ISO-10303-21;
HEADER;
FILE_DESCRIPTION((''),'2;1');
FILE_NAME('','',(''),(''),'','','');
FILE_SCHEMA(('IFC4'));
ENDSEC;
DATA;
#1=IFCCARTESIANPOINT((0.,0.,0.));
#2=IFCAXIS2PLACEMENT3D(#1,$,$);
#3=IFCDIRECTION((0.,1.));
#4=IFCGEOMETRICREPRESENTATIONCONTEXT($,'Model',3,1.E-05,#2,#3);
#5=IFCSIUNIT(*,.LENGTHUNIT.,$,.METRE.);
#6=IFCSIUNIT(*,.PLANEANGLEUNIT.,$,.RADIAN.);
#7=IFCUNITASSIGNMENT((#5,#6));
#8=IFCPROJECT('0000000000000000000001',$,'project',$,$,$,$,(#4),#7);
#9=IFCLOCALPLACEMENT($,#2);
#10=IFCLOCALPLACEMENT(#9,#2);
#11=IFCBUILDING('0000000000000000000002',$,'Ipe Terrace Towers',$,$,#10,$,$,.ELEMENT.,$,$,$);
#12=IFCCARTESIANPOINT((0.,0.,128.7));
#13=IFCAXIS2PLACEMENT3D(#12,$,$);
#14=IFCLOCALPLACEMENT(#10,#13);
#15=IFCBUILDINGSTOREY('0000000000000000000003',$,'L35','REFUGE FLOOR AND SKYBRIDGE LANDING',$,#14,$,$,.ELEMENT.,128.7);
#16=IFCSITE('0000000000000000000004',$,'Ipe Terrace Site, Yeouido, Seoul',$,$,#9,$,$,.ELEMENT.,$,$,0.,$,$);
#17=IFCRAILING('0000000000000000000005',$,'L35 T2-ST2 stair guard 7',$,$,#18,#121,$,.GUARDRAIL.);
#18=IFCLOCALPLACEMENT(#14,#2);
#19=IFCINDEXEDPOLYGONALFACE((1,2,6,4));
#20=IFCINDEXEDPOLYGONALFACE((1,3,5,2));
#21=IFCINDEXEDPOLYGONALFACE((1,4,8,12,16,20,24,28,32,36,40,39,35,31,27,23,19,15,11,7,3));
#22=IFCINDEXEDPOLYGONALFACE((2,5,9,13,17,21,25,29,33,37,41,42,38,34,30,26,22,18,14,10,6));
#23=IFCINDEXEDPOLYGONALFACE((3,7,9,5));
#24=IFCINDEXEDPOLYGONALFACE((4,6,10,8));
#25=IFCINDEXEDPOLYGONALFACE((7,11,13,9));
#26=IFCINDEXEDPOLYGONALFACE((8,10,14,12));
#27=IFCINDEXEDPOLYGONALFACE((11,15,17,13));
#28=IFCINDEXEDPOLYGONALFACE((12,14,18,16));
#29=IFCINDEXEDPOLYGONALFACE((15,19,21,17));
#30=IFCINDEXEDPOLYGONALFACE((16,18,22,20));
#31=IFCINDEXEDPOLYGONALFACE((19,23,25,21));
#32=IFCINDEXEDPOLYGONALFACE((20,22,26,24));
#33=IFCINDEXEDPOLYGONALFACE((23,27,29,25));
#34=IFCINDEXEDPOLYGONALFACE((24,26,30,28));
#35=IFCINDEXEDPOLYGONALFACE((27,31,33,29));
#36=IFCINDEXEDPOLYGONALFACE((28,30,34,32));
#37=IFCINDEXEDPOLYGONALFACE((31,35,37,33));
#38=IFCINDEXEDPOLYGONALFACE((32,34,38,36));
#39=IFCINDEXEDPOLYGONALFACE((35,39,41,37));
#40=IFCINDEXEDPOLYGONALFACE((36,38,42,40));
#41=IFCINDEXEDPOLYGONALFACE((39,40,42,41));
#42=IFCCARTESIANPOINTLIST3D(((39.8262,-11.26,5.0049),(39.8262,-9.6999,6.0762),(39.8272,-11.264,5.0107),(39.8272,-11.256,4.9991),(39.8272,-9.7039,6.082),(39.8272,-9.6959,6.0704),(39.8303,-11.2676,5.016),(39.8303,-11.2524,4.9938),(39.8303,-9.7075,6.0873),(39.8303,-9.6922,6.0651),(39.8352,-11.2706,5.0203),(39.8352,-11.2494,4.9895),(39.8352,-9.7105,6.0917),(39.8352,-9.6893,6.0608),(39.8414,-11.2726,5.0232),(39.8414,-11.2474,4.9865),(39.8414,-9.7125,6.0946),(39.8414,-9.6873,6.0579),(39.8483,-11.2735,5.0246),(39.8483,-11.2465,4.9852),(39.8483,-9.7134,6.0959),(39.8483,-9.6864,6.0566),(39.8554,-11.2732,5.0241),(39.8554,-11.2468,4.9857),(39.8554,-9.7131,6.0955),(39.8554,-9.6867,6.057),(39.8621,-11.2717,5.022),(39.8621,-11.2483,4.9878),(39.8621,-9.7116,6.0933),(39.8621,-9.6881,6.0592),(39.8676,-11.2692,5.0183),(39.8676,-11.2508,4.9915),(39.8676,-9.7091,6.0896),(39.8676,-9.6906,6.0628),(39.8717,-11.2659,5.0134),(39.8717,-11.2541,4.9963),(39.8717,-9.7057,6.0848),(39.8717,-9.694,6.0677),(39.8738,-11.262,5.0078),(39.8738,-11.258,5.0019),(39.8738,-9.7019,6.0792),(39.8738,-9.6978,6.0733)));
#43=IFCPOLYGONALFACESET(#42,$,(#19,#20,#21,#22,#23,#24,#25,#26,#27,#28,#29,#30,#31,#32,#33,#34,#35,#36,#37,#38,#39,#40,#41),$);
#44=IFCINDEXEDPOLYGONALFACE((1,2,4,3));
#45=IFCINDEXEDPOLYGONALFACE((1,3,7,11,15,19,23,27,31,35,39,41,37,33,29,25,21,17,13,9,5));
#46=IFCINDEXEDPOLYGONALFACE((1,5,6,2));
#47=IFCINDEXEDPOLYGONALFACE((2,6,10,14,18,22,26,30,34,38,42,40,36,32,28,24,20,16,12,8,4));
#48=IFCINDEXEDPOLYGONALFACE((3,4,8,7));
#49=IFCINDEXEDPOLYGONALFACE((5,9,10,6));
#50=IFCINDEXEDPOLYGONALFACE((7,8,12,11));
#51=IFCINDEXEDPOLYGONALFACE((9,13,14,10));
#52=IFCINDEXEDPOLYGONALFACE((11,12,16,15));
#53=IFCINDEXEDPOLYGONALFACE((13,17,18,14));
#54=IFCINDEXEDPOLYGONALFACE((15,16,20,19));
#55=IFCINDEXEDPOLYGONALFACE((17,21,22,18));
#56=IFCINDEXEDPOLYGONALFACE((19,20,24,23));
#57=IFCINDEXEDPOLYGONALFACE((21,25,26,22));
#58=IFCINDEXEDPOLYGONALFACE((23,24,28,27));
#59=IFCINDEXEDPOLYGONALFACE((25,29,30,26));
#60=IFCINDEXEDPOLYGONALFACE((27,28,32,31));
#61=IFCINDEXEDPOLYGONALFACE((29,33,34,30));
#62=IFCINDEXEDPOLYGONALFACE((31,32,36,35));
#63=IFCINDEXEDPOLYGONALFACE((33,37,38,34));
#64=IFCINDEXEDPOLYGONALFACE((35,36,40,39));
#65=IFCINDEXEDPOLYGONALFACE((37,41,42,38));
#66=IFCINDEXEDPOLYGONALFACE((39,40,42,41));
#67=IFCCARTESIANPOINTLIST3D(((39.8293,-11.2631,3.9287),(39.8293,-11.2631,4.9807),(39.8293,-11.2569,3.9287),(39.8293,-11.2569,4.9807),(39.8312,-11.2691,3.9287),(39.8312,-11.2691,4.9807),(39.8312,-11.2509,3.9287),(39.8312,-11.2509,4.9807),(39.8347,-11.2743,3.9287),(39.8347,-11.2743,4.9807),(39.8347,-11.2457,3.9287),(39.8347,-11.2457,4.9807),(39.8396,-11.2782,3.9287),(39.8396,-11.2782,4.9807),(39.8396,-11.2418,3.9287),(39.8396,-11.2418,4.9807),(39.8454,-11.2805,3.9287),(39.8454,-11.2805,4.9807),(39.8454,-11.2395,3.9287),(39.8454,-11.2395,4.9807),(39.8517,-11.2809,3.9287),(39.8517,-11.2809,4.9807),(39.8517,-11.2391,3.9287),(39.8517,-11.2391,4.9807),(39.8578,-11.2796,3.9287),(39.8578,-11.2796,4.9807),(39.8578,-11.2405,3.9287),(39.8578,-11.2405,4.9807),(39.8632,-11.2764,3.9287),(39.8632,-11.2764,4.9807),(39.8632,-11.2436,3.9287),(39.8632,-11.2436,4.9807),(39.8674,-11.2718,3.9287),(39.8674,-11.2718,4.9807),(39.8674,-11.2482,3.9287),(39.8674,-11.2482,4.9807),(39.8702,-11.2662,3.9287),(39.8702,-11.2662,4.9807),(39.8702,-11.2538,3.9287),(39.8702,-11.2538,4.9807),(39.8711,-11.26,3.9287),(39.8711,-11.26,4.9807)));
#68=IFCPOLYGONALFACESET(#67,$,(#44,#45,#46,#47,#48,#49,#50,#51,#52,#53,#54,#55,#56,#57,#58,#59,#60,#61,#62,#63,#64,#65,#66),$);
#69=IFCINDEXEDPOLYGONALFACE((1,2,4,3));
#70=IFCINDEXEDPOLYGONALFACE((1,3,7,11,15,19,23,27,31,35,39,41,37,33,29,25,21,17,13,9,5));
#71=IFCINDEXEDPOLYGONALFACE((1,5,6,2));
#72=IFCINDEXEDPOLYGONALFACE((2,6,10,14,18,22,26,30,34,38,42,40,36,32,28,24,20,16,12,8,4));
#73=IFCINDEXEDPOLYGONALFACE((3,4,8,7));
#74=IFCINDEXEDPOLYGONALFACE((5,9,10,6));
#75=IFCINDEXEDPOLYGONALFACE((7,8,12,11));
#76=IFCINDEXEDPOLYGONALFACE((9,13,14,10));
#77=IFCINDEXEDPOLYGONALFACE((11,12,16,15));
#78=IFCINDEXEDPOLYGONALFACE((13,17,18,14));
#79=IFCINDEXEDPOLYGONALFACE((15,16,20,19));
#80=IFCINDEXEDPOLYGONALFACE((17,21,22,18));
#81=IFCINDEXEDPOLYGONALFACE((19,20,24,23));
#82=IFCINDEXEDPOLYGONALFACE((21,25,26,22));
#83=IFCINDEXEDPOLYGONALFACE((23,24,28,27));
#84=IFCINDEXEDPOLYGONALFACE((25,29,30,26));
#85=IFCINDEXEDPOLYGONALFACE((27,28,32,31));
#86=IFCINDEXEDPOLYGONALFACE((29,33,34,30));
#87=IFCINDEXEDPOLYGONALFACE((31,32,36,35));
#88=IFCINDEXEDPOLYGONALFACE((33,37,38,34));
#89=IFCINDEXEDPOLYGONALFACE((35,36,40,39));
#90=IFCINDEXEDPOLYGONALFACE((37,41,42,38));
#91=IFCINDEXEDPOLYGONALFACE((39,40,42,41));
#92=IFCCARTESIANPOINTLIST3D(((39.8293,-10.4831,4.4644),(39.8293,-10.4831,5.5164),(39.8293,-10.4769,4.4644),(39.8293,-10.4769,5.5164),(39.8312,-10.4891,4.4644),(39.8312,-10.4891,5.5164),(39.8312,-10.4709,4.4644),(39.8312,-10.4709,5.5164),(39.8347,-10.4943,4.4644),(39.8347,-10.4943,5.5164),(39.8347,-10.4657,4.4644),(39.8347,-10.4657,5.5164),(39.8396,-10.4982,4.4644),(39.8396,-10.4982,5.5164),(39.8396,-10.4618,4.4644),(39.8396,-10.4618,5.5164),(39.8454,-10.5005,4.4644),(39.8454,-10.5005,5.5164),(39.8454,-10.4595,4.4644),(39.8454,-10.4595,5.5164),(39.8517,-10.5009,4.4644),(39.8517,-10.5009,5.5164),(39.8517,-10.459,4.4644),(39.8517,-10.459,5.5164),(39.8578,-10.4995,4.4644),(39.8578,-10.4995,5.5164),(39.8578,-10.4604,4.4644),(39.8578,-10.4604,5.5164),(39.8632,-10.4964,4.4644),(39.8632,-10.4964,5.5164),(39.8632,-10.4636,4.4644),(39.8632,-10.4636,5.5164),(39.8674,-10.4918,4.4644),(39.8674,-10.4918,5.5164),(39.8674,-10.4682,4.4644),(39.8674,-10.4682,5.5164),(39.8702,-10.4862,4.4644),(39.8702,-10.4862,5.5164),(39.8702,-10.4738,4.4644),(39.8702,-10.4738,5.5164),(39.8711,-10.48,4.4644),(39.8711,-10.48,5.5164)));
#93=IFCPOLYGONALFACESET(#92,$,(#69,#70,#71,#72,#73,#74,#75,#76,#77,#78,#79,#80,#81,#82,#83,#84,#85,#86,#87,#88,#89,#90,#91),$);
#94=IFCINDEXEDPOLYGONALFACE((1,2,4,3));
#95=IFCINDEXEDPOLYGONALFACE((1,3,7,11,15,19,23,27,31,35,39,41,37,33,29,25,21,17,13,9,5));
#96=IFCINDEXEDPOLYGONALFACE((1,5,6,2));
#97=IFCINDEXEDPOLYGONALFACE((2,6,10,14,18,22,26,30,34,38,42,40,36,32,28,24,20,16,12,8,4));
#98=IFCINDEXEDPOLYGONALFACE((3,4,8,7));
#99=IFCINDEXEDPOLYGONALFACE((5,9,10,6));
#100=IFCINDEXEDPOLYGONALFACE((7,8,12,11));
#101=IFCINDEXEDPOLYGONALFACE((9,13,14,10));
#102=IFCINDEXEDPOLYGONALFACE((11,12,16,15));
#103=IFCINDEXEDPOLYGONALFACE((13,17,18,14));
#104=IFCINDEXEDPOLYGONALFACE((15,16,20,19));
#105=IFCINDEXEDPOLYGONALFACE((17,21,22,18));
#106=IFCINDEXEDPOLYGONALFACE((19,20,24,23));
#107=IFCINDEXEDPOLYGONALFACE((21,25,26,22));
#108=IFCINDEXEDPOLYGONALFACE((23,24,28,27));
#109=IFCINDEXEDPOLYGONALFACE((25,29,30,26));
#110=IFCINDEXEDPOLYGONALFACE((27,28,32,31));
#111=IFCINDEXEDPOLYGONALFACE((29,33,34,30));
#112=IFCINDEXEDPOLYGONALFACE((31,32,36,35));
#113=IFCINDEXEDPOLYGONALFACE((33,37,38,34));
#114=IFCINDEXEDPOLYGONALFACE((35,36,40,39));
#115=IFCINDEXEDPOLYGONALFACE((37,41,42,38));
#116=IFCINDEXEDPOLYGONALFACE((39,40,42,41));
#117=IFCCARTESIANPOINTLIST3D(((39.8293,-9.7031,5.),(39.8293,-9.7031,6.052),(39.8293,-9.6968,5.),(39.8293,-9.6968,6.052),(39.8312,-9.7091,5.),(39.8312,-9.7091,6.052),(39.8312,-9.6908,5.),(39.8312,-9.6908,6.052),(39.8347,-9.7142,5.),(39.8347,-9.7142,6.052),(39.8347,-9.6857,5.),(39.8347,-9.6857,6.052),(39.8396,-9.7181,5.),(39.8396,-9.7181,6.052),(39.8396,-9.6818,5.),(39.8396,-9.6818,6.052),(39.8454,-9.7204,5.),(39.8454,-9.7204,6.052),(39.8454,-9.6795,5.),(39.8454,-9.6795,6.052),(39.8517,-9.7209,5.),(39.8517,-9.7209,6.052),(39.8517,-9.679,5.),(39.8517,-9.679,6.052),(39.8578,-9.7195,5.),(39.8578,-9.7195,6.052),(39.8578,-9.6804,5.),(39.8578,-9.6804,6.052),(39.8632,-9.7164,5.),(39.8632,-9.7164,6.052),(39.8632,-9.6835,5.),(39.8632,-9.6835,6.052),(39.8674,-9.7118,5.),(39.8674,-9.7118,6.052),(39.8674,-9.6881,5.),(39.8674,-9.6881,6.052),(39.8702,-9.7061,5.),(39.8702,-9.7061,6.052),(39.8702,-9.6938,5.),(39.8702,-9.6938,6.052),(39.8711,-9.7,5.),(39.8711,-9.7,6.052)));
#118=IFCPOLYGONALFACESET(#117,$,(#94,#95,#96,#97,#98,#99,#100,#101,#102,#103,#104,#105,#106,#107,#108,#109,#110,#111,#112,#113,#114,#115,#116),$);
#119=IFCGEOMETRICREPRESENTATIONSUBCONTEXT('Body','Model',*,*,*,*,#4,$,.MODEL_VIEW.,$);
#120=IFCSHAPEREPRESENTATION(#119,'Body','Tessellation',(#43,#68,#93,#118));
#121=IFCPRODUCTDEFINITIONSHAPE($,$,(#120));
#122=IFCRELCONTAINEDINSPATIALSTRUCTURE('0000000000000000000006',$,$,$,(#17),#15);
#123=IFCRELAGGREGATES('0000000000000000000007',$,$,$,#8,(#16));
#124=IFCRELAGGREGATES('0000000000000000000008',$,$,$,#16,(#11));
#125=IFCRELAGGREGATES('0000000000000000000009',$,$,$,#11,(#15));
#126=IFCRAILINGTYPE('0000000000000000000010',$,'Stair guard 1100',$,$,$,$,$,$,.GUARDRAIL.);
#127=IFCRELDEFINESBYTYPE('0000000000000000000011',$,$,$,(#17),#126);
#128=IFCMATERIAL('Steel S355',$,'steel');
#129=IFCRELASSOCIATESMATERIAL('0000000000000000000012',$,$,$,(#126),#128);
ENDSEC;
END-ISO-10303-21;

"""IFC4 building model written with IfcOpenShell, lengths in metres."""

from ifc_helpers import new_model, si_unit, direction, frame, origin, origin_2d, place, context, subcontext, project, spatial, circle, extrude, material, type_object, element, save


model = new_model("IFC4")

# Units and contexts
model_context = context("Model", 3, precision=1e-05, world=origin(), true_north=direction((0.0, 1.0)))
body_context = subcontext(model_context, "Body", "Model", "MODEL_VIEW")
ifc_project = project(units=[si_unit("LENGTHUNIT", "METRE"), si_unit("PLANEANGLEUNIT", "RADIAN")], contexts=[model_context])

# Site, building, storey
site_placement = place(None, origin())
site = spatial("IfcSite", under=ifc_project, at=site_placement, Name="Ipe Terrace Site, Yeouido, Seoul", CompositionType="ELEMENT", RefElevation=0.0)
building_placement = place(site_placement, origin())
building = spatial("IfcBuilding", under=site, at=building_placement, Name="Ipe Terrace Towers", CompositionType="ELEMENT")
storey_placement = place(building_placement, frame((0.0, 0.0, 128.7)))
storey = spatial("IfcBuildingStorey", under=building, at=storey_placement, Name="L35", Description="REFUGE FLOOR AND SKYBRIDGE LANDING", CompositionType="ELEMENT", Elevation=128.7)

# Railing
ifc_material_1 = material(Name="Steel S355", Category="steel")
railing_type_1 = type_object("IfcRailingType", Name="Stair guard 1100", PredefinedType="GUARDRAIL", material=ifc_material_1)
railing_1_placement = place(storey_placement, frame((39.8501, -11.26, 3.9287)))
element("IfcRailing", 1, at=railing_1_placement, inside=storey, type_object=railing_type_1, Name="L35 T2-ST2 stair guard 7", PredefinedType="GUARDRAIL", context=body_context, shape_type="SweptSolid", body=[
    extrude(circle(Radius=0.0239, at=origin_2d()), frame((0.0, 0.0, 1.0762), z_axis=(0.0, 0.82435, 0.56608), x_axis=(-1.0, 0.0, 0.0)), (0.0, 0.0, 1.0), 1.8926),
    extrude(circle(Radius=0.021, at=origin_2d()), origin(), (0.0, 0.0, 1.0), 1.052),
    extrude(circle(Radius=0.021, at=origin_2d()), frame((0.0, 0.78, 0.5356)), (0.0, 0.0, 1.0), 1.052),
    extrude(circle(Radius=0.021, at=origin_2d()), frame((0.0, 1.5601, 1.0713)), (0.0, 0.0, 1.0), 1.052),
])

save(model, "model.ifc")
